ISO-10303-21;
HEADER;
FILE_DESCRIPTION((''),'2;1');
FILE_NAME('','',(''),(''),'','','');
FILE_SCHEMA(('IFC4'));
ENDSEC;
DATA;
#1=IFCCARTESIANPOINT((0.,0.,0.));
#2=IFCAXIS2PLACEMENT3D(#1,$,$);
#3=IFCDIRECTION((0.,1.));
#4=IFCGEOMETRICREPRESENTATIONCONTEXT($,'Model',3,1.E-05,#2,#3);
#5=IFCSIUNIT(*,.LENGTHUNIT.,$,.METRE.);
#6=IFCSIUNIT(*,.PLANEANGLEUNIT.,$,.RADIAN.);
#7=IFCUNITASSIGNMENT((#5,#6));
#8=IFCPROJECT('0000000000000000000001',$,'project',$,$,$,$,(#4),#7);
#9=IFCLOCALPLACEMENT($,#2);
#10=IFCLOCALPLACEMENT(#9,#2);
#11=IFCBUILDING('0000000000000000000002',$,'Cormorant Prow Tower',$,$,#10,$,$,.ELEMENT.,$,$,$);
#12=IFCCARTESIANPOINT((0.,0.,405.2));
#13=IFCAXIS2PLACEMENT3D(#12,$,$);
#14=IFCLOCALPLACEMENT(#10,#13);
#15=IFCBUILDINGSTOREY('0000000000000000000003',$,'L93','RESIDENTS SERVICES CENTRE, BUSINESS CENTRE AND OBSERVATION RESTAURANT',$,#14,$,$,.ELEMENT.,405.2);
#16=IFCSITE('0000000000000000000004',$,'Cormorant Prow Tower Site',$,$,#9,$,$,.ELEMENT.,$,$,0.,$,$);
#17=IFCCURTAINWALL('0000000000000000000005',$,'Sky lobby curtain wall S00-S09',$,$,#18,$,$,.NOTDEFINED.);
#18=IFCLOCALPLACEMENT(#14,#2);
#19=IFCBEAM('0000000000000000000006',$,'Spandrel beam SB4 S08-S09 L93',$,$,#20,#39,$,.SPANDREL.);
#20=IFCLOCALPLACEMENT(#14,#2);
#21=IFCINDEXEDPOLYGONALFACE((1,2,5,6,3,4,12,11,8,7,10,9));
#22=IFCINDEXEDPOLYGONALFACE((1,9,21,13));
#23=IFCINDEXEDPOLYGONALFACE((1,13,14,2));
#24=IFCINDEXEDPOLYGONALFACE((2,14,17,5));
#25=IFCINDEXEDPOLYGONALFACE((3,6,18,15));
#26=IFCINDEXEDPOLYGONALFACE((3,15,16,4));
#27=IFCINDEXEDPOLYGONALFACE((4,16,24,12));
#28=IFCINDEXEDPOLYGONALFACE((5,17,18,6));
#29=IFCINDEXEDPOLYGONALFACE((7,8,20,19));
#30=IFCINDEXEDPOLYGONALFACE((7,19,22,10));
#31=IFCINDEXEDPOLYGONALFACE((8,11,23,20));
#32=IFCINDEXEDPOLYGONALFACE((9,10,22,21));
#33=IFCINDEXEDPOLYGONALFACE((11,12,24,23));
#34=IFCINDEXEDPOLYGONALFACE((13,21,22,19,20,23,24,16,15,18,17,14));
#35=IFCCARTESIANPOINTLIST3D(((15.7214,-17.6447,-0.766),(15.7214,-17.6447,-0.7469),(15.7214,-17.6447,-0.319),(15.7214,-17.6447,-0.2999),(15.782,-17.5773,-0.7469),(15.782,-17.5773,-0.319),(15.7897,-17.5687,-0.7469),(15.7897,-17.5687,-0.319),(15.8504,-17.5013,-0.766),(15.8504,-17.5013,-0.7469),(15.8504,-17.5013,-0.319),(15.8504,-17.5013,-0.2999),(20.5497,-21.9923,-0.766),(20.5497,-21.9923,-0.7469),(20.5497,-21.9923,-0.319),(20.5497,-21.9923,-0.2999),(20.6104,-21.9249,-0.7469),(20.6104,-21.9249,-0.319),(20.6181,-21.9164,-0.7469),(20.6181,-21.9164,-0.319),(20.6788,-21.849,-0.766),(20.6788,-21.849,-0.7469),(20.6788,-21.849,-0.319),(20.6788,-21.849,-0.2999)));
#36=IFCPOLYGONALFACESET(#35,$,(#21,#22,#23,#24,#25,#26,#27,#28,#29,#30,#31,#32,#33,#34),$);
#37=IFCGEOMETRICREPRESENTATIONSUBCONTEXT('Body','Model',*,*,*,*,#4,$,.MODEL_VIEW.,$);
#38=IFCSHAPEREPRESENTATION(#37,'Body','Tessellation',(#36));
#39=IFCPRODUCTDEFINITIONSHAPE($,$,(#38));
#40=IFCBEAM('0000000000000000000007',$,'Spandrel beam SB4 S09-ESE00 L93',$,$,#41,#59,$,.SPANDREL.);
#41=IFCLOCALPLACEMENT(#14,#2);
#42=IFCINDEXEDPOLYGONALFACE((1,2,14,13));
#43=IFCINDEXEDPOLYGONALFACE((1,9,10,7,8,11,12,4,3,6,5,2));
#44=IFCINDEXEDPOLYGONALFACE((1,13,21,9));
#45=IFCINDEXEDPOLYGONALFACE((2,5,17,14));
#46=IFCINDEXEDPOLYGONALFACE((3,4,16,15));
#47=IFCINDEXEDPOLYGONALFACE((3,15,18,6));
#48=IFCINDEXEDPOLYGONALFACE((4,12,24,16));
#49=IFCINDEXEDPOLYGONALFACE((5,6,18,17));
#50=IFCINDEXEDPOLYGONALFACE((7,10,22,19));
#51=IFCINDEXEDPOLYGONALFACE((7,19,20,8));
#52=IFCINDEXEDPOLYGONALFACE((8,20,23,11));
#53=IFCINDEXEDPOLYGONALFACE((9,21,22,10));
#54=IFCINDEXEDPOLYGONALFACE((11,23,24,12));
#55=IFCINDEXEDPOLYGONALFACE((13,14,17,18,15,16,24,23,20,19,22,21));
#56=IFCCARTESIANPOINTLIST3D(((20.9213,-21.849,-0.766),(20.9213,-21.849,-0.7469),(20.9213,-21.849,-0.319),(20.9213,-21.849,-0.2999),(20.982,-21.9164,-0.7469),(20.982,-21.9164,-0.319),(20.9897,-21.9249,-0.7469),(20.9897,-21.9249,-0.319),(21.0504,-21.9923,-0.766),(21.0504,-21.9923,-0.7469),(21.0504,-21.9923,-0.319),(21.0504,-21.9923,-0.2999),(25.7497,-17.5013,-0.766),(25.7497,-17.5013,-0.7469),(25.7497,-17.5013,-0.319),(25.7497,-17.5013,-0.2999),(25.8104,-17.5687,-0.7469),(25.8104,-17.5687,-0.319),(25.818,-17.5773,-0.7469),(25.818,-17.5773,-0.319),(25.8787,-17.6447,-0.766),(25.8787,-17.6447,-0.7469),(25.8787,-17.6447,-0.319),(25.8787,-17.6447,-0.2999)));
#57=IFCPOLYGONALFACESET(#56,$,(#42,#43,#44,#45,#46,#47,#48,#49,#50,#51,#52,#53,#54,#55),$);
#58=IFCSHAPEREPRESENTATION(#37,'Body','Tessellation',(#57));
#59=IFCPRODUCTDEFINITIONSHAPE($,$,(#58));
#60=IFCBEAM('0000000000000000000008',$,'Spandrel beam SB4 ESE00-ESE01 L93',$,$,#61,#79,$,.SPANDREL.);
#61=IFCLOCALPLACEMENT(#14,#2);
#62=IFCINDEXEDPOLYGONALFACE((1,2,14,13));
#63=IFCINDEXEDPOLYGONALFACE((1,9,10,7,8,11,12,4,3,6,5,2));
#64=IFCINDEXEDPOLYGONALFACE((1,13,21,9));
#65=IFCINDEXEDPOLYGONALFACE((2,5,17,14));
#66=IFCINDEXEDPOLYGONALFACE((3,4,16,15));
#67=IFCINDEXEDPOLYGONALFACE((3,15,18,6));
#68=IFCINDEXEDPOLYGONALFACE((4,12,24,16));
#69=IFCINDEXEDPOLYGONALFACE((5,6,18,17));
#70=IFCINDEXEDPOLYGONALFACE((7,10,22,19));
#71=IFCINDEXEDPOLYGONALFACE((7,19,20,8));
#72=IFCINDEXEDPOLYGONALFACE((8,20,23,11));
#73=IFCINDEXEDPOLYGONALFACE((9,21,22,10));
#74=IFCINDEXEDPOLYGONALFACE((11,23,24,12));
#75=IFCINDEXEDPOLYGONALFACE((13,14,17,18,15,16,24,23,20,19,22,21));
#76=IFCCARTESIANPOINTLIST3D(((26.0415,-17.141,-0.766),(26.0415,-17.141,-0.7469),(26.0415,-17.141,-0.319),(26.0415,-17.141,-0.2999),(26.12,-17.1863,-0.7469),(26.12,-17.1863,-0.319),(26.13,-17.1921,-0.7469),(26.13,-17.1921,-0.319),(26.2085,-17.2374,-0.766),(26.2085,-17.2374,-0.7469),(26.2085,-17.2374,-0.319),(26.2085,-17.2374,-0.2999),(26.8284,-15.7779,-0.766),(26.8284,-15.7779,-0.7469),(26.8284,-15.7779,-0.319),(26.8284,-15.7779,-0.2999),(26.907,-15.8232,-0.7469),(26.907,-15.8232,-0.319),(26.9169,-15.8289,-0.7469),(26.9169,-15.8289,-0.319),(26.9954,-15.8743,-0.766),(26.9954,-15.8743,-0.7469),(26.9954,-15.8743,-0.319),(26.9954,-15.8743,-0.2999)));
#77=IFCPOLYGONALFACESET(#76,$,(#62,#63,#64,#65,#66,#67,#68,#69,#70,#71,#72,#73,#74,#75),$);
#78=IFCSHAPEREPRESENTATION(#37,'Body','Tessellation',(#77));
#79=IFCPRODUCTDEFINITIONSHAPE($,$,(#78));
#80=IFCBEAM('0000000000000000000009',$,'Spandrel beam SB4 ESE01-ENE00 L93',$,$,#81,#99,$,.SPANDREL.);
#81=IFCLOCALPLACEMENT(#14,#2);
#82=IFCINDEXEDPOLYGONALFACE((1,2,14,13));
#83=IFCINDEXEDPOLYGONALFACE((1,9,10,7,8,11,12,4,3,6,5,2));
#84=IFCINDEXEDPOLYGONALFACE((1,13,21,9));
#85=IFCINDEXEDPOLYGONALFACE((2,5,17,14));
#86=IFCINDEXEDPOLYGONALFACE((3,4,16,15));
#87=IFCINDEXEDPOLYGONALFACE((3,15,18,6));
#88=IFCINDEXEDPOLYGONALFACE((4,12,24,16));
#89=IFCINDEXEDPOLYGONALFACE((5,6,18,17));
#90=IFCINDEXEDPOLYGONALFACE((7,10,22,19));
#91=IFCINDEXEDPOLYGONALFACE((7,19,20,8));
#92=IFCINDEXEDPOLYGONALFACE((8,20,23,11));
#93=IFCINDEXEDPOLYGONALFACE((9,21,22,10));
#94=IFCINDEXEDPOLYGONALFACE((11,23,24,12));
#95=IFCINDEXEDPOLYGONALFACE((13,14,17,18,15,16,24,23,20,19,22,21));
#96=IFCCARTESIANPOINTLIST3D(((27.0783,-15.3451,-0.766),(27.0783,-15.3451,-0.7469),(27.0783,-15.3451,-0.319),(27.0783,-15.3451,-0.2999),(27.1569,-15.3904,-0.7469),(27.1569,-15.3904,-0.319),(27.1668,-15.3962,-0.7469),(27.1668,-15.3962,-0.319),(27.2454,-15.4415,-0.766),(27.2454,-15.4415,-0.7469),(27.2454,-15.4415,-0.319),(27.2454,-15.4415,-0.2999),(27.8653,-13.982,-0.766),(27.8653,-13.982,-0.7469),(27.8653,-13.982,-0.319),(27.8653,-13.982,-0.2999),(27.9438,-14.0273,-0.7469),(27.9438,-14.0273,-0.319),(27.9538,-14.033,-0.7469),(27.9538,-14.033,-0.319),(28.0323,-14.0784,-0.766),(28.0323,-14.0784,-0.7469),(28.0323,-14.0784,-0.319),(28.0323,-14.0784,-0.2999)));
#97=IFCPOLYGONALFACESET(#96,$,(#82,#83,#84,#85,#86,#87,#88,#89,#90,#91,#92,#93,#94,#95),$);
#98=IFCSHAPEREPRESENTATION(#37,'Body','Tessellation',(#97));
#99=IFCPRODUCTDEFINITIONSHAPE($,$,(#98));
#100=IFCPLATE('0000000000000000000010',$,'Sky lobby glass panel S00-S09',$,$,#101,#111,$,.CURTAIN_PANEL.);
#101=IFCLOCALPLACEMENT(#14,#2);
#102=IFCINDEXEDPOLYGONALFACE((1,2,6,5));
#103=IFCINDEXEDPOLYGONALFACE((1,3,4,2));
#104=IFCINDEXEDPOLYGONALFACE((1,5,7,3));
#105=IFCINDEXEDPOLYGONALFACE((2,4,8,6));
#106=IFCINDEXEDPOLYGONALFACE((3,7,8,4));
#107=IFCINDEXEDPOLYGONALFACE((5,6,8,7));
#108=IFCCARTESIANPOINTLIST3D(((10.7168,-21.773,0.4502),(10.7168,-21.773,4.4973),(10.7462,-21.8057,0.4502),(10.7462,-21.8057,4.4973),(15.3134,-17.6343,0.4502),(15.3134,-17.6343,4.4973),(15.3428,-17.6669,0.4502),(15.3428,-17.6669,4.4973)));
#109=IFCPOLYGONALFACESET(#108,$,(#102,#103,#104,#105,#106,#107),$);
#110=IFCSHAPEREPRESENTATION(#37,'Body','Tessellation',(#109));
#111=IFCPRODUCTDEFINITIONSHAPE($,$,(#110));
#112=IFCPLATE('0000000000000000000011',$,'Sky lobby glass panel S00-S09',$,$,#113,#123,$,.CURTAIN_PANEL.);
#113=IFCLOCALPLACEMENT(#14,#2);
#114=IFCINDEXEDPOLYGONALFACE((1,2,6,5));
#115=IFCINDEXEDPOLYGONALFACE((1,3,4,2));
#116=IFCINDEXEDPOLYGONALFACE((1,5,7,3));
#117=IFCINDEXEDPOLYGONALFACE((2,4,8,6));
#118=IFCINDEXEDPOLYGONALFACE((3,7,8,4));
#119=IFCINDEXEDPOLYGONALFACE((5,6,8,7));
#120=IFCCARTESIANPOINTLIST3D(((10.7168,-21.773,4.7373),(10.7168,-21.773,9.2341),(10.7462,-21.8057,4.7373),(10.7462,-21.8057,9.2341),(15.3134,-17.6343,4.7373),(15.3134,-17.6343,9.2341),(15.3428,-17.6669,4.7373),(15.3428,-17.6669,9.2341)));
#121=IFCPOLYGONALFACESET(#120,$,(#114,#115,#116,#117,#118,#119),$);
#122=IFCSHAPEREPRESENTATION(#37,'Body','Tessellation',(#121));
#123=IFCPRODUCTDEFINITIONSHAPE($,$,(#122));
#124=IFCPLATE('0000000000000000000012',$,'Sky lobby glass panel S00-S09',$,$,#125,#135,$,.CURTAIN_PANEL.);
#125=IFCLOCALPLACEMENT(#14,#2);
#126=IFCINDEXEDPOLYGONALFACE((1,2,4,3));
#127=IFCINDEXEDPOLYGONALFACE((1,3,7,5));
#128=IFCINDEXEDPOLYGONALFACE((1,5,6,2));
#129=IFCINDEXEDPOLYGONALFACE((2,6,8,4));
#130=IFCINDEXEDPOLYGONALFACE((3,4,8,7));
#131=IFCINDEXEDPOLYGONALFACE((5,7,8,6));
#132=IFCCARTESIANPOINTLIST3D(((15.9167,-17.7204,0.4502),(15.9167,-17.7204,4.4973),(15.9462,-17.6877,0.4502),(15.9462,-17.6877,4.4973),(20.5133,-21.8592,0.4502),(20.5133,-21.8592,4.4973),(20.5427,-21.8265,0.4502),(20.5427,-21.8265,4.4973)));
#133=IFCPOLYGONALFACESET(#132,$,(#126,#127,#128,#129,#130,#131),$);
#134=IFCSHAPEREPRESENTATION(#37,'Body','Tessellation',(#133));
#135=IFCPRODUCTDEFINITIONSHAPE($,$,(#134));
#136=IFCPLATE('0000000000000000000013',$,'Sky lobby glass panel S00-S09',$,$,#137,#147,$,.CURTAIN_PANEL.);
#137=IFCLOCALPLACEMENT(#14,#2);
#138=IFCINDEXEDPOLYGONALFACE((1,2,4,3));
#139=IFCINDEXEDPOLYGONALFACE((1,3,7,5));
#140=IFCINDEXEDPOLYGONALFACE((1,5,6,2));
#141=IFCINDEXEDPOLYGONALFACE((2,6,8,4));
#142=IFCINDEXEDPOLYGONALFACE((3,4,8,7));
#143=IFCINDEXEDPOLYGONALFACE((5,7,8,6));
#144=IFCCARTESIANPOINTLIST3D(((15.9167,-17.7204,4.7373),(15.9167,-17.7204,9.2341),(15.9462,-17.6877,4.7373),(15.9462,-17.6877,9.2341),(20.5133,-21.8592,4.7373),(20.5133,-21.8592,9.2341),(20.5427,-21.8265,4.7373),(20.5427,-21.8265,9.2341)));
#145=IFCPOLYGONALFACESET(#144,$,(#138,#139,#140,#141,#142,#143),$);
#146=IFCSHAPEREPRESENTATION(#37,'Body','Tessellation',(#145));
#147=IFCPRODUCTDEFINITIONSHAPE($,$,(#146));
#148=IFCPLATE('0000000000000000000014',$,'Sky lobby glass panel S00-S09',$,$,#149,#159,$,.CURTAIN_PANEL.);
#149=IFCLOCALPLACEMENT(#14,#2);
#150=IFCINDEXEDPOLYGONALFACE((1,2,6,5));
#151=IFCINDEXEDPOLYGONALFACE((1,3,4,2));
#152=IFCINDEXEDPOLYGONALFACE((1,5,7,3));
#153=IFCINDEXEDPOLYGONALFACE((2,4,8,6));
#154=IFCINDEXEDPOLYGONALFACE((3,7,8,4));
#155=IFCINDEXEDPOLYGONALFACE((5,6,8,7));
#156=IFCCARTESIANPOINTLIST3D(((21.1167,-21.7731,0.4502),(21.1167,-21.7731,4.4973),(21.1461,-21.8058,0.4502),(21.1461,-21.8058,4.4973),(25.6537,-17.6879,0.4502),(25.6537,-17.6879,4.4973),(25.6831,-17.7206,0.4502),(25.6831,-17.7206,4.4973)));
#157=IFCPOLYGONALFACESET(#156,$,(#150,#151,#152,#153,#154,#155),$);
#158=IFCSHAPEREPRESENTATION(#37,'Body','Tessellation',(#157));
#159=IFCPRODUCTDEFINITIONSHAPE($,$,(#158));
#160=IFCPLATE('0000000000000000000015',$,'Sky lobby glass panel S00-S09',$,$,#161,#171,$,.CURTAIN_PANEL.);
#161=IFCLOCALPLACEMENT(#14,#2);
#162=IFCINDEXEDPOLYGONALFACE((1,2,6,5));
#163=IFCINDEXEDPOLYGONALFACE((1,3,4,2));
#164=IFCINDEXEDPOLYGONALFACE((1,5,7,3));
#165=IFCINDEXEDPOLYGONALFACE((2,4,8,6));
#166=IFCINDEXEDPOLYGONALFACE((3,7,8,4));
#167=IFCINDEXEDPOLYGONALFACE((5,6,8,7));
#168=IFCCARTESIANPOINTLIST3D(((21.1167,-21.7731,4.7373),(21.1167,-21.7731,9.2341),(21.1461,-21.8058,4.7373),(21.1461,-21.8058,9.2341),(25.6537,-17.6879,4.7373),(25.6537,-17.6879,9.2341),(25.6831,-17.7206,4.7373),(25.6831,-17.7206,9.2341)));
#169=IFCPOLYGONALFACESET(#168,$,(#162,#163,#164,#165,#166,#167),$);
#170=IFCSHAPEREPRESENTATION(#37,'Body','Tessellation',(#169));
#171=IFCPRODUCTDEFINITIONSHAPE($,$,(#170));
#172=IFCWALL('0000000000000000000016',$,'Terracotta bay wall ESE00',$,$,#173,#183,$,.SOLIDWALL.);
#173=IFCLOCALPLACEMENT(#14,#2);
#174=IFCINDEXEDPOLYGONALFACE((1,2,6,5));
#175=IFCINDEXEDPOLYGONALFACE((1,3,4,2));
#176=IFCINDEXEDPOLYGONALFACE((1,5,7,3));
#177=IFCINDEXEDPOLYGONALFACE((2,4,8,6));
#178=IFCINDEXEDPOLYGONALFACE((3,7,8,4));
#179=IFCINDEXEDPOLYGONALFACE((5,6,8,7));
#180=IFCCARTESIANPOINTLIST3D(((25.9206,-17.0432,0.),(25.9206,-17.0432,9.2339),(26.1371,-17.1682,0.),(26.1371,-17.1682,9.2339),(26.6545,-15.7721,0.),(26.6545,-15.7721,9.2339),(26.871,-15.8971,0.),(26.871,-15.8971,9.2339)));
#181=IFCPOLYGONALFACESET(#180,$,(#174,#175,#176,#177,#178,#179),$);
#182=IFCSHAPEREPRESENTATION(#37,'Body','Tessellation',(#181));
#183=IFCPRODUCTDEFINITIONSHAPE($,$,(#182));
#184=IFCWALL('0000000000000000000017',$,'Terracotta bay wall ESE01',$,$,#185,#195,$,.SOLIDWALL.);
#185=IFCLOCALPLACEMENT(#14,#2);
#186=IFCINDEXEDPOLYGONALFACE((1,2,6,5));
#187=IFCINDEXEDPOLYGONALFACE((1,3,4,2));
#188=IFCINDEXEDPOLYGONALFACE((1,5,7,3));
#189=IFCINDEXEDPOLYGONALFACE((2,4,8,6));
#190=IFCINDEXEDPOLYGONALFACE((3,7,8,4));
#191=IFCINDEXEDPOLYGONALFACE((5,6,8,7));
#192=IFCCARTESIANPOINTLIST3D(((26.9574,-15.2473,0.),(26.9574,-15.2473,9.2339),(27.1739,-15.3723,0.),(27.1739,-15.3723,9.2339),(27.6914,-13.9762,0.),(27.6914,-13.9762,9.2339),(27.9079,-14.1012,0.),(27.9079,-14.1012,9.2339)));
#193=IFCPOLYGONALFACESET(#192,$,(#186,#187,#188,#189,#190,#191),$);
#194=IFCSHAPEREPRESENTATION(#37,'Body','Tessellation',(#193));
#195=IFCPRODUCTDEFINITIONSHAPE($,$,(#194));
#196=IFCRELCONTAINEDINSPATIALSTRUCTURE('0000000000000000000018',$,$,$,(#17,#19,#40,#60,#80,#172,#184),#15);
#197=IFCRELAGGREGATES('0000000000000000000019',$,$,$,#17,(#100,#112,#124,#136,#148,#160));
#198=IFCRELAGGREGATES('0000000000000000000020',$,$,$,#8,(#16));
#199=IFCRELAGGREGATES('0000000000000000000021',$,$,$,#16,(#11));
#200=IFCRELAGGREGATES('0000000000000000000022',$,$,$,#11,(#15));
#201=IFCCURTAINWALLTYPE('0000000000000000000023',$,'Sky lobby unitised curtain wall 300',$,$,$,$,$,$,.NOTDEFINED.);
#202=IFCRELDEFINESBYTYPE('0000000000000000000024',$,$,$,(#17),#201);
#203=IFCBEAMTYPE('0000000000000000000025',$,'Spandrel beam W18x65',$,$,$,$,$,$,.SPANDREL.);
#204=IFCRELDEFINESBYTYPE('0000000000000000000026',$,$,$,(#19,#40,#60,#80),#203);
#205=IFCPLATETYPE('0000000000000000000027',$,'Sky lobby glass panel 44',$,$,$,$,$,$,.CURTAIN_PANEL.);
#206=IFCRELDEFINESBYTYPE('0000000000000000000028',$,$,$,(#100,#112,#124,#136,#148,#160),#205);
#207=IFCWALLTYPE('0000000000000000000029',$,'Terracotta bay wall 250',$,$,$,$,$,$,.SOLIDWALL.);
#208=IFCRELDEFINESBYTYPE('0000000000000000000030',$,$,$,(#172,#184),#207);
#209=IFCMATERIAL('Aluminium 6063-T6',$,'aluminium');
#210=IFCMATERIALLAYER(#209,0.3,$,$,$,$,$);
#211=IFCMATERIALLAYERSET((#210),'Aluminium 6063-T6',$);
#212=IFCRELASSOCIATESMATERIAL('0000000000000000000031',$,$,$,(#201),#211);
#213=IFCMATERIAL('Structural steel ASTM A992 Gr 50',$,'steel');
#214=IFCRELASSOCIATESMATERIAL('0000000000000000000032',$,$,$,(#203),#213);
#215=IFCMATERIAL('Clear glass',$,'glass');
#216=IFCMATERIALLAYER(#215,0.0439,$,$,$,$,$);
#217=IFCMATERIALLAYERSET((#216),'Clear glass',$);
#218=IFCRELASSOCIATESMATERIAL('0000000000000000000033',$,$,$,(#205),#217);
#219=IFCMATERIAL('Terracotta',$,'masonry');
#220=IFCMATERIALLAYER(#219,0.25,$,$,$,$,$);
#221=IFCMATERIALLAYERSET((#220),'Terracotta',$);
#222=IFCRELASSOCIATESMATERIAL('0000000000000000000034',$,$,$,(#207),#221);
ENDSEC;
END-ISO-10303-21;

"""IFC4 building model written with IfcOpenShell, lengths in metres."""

from ifc_helpers import new_model, si_unit, direction, frame, frame_2d, origin, origin_2d, place, context, subcontext, project, spatial, rectangle, i_section, extrude, material, layer, layer_set, material_profile, profile_set, type_object, element, aggregate, save


model = new_model("IFC4")

# Units and contexts
model_context = context("Model", 3, precision=1e-05, world=origin(), true_north=direction((0.0, 1.0)))
body_context = subcontext(model_context, "Body", "Model", "MODEL_VIEW")
ifc_project = project(units=[si_unit("LENGTHUNIT", "METRE"), si_unit("PLANEANGLEUNIT", "RADIAN")], contexts=[model_context])

# Site, building, storey
site_placement = place(None, origin())
site = spatial("IfcSite", under=ifc_project, at=site_placement, Name="Cormorant Prow Tower Site", CompositionType="ELEMENT", RefElevation=0.0)
building_placement = place(site_placement, origin())
building = spatial("IfcBuilding", under=site, at=building_placement, Name="Cormorant Prow Tower", CompositionType="ELEMENT")
storey_placement = place(building_placement, frame((0.0, 0.0, 405.2)))
storey = spatial("IfcBuildingStorey", under=building, at=storey_placement, Name="L93", Description="RESIDENTS SERVICES CENTRE, BUSINESS CENTRE AND OBSERVATION RESTAURANT", CompositionType="ELEMENT", Elevation=405.2)

# Curtain wall
ifc_material_1 = material(Name="Aluminium 6063-T6", Category="aluminium")
ifc_layer_1 = layer(ifc_material_1, 0.3)
ifc_layer_set_1 = layer_set([ifc_layer_1], Name="Aluminium 6063-T6")
curtain_wall_type = type_object("IfcCurtainWallType", Name="Sky lobby unitised curtain wall 300", PredefinedType="NOTDEFINED", material=ifc_layer_set_1)
curtain_wall_placement = place(storey_placement, origin())
curtain_wall = element("IfcCurtainWall", 1, at=curtain_wall_placement, inside=storey, type_object=curtain_wall_type, Name="Sky lobby curtain wall S00-S09", PredefinedType="NOTDEFINED")

# Beams
ifc_material_2 = material(Name="Structural steel ASTM A992 Gr 50", Category="steel")
ifc_material_profile_1 = material_profile(ifc_material_2, i_section(OverallWidth=0.1929, OverallDepth=0.4661, WebThickness=0.0115, FlangeThickness=0.019, at=origin_2d()), Name="W18x65")
ifc_profile_set_1 = profile_set([ifc_material_profile_1], Name="Structural steel ASTM A992 Gr 50")
beam_type = type_object("IfcBeamType", Name="Spandrel beam W18x65", PredefinedType="SPANDREL", material=ifc_profile_set_1)
for number, where, z_axis, x_axis, name in (
    (2, (15.7859, -17.573, -0.533), (0.743132, -0.669145, 0.0), (0.669145, 0.743132, 0.0), "Spandrel beam SB4 S08-S09 L93"),
    (3, (20.9858, -21.9207, -0.533), (0.743132, 0.669145, 0.0), (-0.669145, 0.743132, 0.0), "Spandrel beam SB4 S09-ESE00 L93"),
):
    element("IfcBeam", number, at=place(storey_placement, frame(where, z_axis=z_axis, x_axis=x_axis)), inside=storey, type_object=beam_type, Name=name, PredefinedType="SPANDREL", context=body_context, shape_type="SweptSolid", body=[
        extrude(i_section(OverallWidth=0.1929, OverallDepth=0.4661, WebThickness=0.0115, FlangeThickness=0.019, at=origin_2d()), origin(), (0.0, 0.0, 1.0), 6.4973),
    ])
for number, where, z_axis, x_axis, name in (
    (4, (26.125, -17.1892, -0.533), (0.49996, 0.866049, 0.0), (-0.866049, 0.49996, 0.0), "Spandrel beam SB4 ESE00-ESE01 L93"),
    (5, (27.1619, -15.3933, -0.533), (0.49996, 0.866049, 0.0), (-0.866049, 0.49996, 0.0), "Spandrel beam SB4 ESE01-ENE00 L93"),
):
    element("IfcBeam", number, at=place(storey_placement, frame(where, z_axis=z_axis, x_axis=x_axis)), inside=storey, type_object=beam_type, Name=name, PredefinedType="SPANDREL", context=body_context, shape_type="SweptSolid", body=[
        extrude(i_section(OverallWidth=0.1929, OverallDepth=0.4661, WebThickness=0.0115, FlangeThickness=0.019, at=origin_2d()), origin(), (0.0, 0.0, 1.0), 1.574),
    ])

# Plates
ifc_material_3 = material(Name="Clear glass", Category="glass")
ifc_layer_2 = layer(ifc_material_3, 0.0439)
ifc_layer_set_2 = layer_set([ifc_layer_2], Name="Clear glass")
plate_type = type_object("IfcPlateType", Name="Sky lobby glass panel 44", PredefinedType="CURTAIN_PANEL", material=ifc_layer_set_2)
plate_1_placement = place(storey_placement, frame((13.0298, -19.72, 0.4502), z_axis=(0.0, 0.0, 1.0), x_axis=(0.743145, 0.669131, 0.0)))
plate_1 = element("IfcPlate", 6, at=plate_1_placement, type_object=plate_type, Name="Sky lobby glass panel S00-S09", PredefinedType="CURTAIN_PANEL", context=body_context, shape_type="SweptSolid", body=[
    extrude(rectangle(XDim=6.1853, YDim=0.0439, at=origin_2d()), origin(), (0.0, 0.0, 1.0), 4.0471),
])
plate_2_placement = place(storey_placement, frame((13.0298, -19.72, 4.7373), z_axis=(0.0, 0.0, 1.0), x_axis=(0.743145, 0.669131, 0.0)))
plate_2 = element("IfcPlate", 7, at=plate_2_placement, type_object=plate_type, Name="Sky lobby glass panel S00-S09", PredefinedType="CURTAIN_PANEL", context=body_context, shape_type="SweptSolid", body=[
    extrude(rectangle(XDim=6.1853, YDim=0.0439, at=origin_2d()), origin(), (0.0, 0.0, 1.0), 4.4968),
])
plate_3_placement = place(storey_placement, frame((18.2297, -19.7734, 0.4502), z_axis=(0.0, 0.0, 1.0), x_axis=(0.743145, -0.669131, 0.0)))
plate_3 = element("IfcPlate", 8, at=plate_3_placement, type_object=plate_type, Name="Sky lobby glass panel S00-S09", PredefinedType="CURTAIN_PANEL", context=body_context, shape_type="SweptSolid", body=[
    extrude(rectangle(XDim=6.1853, YDim=0.0439, at=origin_2d()), origin(), (0.0, 0.0, 1.0), 4.0471),
])
plate_4_placement = place(storey_placement, frame((18.2297, -19.7734, 4.7373), z_axis=(0.0, 0.0, 1.0), x_axis=(0.743145, -0.669131, 0.0)))
plate_4 = element("IfcPlate", 9, at=plate_4_placement, type_object=plate_type, Name="Sky lobby glass panel S00-S09", PredefinedType="CURTAIN_PANEL", context=body_context, shape_type="SweptSolid", body=[
    extrude(rectangle(XDim=6.1853, YDim=0.0439, at=origin_2d()), origin(), (0.0, 0.0, 1.0), 4.4968),
])
plate_5_placement = place(storey_placement, frame((23.3999, -19.7468, 0.4502), z_axis=(0.0, 0.0, 1.0), x_axis=(0.743145, 0.669131, 0.0)))
plate_5 = element("IfcPlate", 10, at=plate_5_placement, type_object=plate_type, Name="Sky lobby glass panel S00-S09", PredefinedType="CURTAIN_PANEL", context=body_context, shape_type="SweptSolid", body=[
    extrude(rectangle(XDim=6.1052, YDim=0.0439, at=origin_2d()), origin(), (0.0, 0.0, 1.0), 4.0471),
])
plate_6_placement = place(storey_placement, frame((23.3999, -19.7468, 4.7373), z_axis=(0.0, 0.0, 1.0), x_axis=(0.743145, 0.669131, 0.0)))
plate_6 = element("IfcPlate", 11, at=plate_6_placement, type_object=plate_type, Name="Sky lobby glass panel S00-S09", PredefinedType="CURTAIN_PANEL", context=body_context, shape_type="SweptSolid", body=[
    extrude(rectangle(XDim=6.1052, YDim=0.0439, at=origin_2d()), origin(), (0.0, 0.0, 1.0), 4.4968),
])
aggregate(curtain_wall, [plate_1, plate_2, plate_3, plate_4, plate_5, plate_6])

# Walls
ifc_material_4 = material(Name="Terracotta", Category="masonry")
ifc_layer_3 = layer(ifc_material_4, 0.25)
ifc_layer_set_3 = layer_set([ifc_layer_3], Name="Terracotta")
wall_type = type_object("IfcWallType", Name="Terracotta bay wall 250", PredefinedType="SOLIDWALL", material=ifc_layer_set_3)
for number, where, z_axis, x_axis, name in (
    (12, (26.0288, -17.1057, 0.0), (0.0, 0.0, 1.0), (0.500039, 0.866003, 0.0), "Terracotta bay wall ESE00"),
    (13, (27.0657, -15.3098, 0.0), (0.0, 0.0, 1.0), (0.500039, 0.866003, 0.0), "Terracotta bay wall ESE01"),
):
    element("IfcWall", number, at=place(storey_placement, frame(where, z_axis=z_axis, x_axis=x_axis)), inside=storey, type_object=wall_type, Name=name, PredefinedType="SOLIDWALL", context=body_context, shape_type="SweptSolid", body=[
        extrude(rectangle(XDim=1.4678, YDim=0.25, at=frame_2d((0.7339, 0.0))), origin(), (0.0, 0.0, 1.0), 9.2339),
    ])

save(model, "model.ifc")
